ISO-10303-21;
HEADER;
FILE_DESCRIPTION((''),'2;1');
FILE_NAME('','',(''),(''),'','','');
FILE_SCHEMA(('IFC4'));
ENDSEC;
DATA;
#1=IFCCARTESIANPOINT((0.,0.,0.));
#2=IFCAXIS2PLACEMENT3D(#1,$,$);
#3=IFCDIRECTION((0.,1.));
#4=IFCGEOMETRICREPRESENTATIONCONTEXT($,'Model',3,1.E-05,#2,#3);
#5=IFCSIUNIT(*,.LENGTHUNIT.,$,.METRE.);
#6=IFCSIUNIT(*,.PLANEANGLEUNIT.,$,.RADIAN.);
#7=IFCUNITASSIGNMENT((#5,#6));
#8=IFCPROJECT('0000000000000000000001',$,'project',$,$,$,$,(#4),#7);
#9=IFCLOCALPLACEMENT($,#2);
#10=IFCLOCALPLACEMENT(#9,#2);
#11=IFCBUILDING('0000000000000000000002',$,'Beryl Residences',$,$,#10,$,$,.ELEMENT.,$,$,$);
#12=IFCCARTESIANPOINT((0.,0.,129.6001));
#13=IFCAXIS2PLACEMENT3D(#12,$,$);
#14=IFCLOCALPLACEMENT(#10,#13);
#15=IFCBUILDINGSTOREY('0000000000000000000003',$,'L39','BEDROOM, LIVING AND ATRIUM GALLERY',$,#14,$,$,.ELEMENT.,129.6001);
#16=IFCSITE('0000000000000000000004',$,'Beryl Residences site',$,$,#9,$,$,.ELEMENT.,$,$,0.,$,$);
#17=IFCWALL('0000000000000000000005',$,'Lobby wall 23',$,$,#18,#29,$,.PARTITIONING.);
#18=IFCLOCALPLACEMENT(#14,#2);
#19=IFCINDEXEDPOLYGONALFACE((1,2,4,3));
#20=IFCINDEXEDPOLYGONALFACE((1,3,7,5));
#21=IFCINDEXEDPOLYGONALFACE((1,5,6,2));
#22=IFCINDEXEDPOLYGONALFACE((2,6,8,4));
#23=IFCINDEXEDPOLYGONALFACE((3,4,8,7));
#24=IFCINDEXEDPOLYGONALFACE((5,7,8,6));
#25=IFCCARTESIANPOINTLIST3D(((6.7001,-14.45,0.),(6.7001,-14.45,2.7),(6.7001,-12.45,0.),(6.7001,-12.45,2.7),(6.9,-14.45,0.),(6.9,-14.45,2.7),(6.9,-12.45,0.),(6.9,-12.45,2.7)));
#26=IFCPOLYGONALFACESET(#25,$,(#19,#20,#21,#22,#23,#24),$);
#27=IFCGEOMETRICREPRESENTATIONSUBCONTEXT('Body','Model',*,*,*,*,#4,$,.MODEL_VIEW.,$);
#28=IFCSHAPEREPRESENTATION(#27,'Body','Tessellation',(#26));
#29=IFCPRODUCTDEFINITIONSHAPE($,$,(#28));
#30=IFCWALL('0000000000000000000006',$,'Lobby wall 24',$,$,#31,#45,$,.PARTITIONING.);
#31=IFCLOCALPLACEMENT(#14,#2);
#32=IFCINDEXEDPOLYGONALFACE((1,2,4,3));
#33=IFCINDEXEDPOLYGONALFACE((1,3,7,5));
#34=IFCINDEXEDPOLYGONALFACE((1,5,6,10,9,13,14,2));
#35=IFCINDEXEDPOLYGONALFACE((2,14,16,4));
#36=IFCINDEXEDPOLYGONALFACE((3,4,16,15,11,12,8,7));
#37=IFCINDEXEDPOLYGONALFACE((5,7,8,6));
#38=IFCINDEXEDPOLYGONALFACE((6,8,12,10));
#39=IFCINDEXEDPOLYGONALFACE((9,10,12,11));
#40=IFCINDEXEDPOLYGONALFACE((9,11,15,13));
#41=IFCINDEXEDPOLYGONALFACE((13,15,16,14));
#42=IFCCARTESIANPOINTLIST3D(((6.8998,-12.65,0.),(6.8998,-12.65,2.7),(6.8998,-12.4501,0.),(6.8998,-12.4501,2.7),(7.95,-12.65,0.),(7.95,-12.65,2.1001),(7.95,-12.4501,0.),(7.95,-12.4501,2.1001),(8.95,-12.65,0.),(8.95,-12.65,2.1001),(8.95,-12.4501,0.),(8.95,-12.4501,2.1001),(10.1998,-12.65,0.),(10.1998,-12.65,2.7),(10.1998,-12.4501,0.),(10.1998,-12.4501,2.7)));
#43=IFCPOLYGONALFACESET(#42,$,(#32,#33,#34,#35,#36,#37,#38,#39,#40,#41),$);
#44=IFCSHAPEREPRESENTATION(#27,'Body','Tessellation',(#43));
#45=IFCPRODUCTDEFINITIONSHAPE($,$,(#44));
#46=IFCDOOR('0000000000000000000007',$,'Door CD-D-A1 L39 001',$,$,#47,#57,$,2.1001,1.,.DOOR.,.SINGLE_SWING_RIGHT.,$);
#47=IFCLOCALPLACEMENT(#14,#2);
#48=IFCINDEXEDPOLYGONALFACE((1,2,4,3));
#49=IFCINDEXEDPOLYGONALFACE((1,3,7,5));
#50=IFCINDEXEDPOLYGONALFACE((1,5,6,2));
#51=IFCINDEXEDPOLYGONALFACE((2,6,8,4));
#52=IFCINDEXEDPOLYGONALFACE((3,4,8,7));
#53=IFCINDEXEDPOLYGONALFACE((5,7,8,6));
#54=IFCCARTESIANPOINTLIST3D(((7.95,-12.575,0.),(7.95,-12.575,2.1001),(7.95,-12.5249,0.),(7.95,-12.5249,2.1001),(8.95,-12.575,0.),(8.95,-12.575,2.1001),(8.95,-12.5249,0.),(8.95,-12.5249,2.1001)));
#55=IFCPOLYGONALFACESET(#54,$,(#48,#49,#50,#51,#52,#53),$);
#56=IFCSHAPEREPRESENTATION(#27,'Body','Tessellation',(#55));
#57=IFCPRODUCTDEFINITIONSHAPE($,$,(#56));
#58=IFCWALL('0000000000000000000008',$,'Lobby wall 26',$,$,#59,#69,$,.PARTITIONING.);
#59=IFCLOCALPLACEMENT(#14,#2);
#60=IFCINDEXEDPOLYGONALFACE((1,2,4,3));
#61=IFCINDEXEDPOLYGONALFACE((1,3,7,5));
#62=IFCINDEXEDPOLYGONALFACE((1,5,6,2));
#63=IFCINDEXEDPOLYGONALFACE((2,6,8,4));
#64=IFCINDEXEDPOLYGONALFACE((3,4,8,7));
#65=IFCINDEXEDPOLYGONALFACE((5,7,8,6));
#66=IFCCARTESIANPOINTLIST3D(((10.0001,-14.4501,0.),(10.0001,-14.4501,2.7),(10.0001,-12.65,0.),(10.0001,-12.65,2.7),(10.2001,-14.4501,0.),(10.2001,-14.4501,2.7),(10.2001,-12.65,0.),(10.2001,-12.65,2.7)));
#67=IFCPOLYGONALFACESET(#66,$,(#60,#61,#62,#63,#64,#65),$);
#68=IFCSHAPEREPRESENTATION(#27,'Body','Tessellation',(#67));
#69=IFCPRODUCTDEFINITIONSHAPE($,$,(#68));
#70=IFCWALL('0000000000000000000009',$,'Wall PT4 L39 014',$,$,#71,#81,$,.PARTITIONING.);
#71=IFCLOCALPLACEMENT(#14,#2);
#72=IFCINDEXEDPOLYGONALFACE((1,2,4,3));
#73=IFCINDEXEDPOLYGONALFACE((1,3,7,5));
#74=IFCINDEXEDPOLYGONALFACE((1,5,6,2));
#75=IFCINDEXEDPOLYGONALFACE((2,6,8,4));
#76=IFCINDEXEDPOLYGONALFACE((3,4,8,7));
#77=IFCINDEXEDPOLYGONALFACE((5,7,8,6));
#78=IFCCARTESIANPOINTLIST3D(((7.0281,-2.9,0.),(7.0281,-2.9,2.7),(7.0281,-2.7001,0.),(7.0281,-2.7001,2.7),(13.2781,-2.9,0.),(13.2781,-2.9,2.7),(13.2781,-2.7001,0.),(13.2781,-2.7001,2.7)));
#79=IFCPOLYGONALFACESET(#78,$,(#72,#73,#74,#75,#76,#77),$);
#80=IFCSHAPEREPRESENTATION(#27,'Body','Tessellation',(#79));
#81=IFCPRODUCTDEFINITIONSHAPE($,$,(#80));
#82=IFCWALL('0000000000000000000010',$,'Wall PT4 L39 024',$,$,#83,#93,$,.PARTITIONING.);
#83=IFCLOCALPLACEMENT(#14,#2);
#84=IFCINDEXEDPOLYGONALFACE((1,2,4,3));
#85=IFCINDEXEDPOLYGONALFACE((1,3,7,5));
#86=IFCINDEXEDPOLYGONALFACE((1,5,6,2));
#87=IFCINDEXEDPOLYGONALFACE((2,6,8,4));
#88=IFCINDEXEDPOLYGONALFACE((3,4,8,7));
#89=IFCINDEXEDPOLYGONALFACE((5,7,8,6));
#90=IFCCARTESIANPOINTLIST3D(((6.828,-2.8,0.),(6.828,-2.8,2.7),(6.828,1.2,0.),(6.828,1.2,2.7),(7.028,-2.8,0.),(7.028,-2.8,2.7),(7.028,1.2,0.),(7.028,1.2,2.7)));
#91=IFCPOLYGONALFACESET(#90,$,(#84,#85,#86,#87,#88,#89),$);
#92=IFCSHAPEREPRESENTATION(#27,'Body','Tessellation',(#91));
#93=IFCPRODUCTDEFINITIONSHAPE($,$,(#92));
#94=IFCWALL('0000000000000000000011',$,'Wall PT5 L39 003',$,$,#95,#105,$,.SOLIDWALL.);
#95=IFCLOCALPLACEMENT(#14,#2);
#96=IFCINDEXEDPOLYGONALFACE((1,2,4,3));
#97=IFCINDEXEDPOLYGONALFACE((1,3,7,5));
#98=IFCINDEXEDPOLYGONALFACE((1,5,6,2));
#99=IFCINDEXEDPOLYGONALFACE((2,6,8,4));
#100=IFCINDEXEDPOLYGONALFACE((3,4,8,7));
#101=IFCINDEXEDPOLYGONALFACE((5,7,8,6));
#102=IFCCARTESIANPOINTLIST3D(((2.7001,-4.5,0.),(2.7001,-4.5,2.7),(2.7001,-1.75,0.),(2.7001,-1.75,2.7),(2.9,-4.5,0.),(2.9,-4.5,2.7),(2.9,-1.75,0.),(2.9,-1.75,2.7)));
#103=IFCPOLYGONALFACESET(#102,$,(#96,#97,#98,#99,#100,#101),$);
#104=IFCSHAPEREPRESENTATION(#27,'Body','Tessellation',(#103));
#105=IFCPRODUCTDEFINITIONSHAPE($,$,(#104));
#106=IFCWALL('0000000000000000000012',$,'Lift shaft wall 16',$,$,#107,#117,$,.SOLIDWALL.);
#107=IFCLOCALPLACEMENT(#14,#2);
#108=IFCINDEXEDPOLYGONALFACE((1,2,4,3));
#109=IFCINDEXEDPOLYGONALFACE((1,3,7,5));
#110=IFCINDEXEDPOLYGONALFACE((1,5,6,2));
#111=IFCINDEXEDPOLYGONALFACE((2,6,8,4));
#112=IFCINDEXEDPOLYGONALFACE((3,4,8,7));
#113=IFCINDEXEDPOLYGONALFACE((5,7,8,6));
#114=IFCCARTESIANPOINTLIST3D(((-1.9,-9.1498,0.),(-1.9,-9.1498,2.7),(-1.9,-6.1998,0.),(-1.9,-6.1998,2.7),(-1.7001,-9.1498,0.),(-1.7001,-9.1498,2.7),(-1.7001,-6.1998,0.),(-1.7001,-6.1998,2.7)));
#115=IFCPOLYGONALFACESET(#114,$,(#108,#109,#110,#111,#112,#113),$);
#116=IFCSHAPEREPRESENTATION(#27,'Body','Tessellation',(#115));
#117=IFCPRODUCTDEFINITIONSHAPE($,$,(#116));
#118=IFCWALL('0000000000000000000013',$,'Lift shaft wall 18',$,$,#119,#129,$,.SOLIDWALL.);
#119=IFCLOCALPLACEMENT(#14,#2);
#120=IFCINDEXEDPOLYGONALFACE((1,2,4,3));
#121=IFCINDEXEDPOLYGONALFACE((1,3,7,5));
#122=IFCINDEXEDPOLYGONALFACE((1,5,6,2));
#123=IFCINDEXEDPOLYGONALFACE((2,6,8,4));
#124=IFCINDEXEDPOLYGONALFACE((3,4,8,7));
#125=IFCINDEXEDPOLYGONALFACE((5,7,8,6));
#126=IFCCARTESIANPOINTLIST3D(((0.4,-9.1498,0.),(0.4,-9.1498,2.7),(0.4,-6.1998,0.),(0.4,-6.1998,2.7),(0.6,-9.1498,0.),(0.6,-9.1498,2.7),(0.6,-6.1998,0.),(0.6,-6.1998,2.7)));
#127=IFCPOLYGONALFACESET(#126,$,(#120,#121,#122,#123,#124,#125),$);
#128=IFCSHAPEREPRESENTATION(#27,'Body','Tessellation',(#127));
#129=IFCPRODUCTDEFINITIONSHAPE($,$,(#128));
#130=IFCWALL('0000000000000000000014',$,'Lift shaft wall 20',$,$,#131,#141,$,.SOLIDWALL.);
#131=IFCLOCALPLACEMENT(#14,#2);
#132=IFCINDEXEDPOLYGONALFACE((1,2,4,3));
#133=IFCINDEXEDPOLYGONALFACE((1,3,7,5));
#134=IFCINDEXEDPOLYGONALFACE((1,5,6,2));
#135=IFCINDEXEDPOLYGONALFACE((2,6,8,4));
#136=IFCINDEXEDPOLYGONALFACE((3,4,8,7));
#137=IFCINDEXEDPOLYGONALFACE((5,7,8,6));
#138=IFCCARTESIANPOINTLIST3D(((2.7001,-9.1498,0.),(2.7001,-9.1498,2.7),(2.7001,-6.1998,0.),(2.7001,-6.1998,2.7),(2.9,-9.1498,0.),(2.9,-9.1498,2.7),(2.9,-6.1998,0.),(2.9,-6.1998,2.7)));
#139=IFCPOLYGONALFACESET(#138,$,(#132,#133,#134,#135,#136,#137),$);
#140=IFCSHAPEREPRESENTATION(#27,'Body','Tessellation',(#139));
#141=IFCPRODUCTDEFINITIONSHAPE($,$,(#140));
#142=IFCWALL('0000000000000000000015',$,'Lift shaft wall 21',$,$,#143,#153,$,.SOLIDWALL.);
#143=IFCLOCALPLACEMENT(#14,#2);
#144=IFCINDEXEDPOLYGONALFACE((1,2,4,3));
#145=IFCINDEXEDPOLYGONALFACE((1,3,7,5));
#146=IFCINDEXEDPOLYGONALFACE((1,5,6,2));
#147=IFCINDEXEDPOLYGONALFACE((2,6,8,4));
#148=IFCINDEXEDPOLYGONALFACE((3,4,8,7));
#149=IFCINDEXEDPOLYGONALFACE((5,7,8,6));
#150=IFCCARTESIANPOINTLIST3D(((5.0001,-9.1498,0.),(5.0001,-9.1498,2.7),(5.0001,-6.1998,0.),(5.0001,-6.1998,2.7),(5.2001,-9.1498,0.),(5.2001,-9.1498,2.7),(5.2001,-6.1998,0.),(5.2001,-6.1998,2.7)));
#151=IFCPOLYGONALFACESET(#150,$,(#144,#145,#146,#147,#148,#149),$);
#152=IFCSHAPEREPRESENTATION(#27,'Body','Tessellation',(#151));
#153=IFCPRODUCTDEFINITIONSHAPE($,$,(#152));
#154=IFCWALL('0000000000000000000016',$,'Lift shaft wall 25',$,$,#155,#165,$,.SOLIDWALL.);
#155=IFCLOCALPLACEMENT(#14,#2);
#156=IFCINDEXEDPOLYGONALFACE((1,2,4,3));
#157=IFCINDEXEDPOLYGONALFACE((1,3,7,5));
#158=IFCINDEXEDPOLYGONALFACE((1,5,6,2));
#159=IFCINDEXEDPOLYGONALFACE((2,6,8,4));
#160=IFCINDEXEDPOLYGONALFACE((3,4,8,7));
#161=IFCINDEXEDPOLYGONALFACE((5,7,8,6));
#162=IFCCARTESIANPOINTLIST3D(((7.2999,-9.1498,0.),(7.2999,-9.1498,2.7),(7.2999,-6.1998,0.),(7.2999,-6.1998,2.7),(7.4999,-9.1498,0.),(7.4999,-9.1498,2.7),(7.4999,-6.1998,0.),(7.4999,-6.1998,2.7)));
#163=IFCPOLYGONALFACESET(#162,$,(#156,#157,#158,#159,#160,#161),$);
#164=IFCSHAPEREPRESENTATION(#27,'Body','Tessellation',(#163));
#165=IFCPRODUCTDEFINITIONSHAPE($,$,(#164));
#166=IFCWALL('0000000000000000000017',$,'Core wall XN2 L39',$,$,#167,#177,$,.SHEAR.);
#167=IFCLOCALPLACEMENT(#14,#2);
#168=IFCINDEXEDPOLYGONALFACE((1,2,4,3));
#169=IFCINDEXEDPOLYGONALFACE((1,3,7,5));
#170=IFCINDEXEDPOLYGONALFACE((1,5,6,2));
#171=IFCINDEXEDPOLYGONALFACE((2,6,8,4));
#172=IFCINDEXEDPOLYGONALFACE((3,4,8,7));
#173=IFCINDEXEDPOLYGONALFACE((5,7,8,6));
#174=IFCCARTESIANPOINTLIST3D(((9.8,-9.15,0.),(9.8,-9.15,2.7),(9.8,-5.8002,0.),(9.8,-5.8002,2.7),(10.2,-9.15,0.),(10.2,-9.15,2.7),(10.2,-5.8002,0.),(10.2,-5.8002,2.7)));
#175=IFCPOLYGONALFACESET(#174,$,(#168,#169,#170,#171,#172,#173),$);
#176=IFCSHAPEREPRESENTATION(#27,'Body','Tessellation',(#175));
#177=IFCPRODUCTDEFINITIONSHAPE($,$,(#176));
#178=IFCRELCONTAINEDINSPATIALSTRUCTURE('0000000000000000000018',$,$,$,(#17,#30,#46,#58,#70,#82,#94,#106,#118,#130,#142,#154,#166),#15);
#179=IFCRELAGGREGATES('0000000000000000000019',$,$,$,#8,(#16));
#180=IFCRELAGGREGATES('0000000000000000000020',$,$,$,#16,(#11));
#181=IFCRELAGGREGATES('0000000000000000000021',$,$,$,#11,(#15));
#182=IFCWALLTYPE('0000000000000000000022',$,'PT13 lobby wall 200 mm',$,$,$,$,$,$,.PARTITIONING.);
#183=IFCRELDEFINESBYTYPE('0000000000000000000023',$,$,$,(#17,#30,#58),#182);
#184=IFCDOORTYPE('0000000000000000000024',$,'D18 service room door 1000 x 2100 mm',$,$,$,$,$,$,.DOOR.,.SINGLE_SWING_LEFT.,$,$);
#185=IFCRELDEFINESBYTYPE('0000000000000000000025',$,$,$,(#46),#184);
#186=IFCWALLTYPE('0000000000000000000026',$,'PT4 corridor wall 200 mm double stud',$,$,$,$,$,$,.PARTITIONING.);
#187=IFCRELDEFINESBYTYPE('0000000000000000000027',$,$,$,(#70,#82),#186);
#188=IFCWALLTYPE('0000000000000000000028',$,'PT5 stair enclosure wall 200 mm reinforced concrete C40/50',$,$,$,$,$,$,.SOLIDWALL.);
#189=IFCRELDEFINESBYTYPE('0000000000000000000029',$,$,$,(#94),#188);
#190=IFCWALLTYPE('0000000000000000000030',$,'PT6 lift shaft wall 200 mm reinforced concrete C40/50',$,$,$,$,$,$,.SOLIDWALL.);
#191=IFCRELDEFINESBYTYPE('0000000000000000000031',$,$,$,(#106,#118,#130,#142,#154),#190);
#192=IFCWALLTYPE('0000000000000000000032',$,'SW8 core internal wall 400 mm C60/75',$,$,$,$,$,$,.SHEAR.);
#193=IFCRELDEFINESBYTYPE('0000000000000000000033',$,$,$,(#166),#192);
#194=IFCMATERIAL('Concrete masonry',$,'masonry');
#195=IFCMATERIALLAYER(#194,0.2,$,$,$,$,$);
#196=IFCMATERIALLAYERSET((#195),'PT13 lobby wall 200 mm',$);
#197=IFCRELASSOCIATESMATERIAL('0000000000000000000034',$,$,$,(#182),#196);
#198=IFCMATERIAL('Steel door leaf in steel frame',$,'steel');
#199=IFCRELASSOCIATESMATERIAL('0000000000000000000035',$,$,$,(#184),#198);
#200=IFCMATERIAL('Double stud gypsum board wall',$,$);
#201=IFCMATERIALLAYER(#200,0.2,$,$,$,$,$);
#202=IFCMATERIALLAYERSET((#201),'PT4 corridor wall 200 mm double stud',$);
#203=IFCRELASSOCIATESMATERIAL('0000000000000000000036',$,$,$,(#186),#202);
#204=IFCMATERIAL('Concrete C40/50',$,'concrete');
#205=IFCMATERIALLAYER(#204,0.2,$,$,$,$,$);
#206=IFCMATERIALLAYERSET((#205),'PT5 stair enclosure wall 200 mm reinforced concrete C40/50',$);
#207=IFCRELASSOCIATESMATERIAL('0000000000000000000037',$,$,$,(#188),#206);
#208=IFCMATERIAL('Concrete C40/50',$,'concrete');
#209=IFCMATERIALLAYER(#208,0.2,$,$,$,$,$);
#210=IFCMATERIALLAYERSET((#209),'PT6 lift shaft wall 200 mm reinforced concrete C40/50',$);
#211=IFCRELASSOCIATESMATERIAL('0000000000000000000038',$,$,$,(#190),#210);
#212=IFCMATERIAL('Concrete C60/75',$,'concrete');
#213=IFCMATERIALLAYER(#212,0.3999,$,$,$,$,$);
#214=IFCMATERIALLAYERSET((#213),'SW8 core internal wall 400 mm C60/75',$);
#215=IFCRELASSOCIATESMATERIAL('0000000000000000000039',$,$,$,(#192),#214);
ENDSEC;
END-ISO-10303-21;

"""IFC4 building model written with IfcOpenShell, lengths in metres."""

from ifc_helpers import new_model, si_unit, direction, frame, frame_2d, origin, place, context, subcontext, project, spatial, rectangle, extrude, material, layer, layer_set, type_object, element, fill, save


model = new_model("IFC4")

# Units and contexts
model_context = context("Model", 3, precision=1e-05, world=origin(), true_north=direction((0.0, 1.0)))
body_context = subcontext(model_context, "Body", "Model", "MODEL_VIEW")
ifc_project = project(units=[si_unit("LENGTHUNIT", "METRE"), si_unit("PLANEANGLEUNIT", "RADIAN")], contexts=[model_context])

# Site, building, storey
site_placement = place(None, origin())
site = spatial("IfcSite", under=ifc_project, at=site_placement, Name="Beryl Residences site", CompositionType="ELEMENT", RefElevation=0.0)
building_placement = place(site_placement, origin())
building = spatial("IfcBuilding", under=site, at=building_placement, Name="Beryl Residences", CompositionType="ELEMENT")
storey_placement = place(building_placement, frame((0.0, 0.0, 129.6001)))
storey = spatial("IfcBuildingStorey", under=building, at=storey_placement, Name="L39", Description="BEDROOM, LIVING AND ATRIUM GALLERY", CompositionType="ELEMENT", Elevation=129.6001)

# Wall
ifc_material_1 = material(Name="Concrete masonry", Category="masonry")
ifc_layer_1 = layer(ifc_material_1, 0.2)
ifc_layer_set_1 = layer_set([ifc_layer_1], Name="PT13 lobby wall 200 mm")
wall_type_1 = type_object("IfcWallType", Name="PT13 lobby wall 200 mm", PredefinedType="PARTITIONING", material=ifc_layer_set_1)
wall_1_placement = place(storey_placement, frame((6.8, -14.45, 0.0), z_axis=(0.0, 0.0, 1.0), x_axis=(0.0, 1.0, 0.0)))
element("IfcWall", 1, at=wall_1_placement, inside=storey, type_object=wall_type_1, Name="Lobby wall 23", PredefinedType="PARTITIONING", context=body_context, shape_type="SweptSolid", body=[
    extrude(rectangle(XDim=2.0, YDim=0.2, at=frame_2d((1.0, 0.0))), origin(), (0.0, 0.0, 1.0), 2.7),
])

# Wall, opening, door
wall_2_placement = place(storey_placement, frame((6.8999, -12.55, 0.0), z_axis=(0.0, 0.0, 1.0), x_axis=(1.0, 0.0, 0.0)))
wall_2 = element("IfcWall", 2, at=wall_2_placement, inside=storey, type_object=wall_type_1, Name="Lobby wall 24", PredefinedType="PARTITIONING", context=body_context, shape_type="SweptSolid", body=[
    extrude(rectangle(XDim=3.3, YDim=0.2, at=frame_2d((1.6499, 0.0))), origin(), (0.0, 0.0, 1.0), 2.7),
])
opening_placement = place(wall_2_placement, frame((2.05, 0.0, 0.0), z_axis=(0.0, 0.0, 1.0), x_axis=(-1.0, 0.0, 0.0)))
opening = element("IfcOpeningElement", 3, at=opening_placement, cuts=wall_2, PredefinedType="OPENING", context=body_context, shape_type="SweptSolid", body=[
    extrude(rectangle(XDim=1.0, YDim=2.1001, at=frame_2d((0.5, 1.05))), frame((0.0, 0.1099, 0.0), z_axis=(0.0, -1.0, 0.0), x_axis=(1.0, 0.0, 0.0)), (0.0, 0.0, 1.0), 0.22),
])
ifc_material_2 = material(Name="Steel door leaf in steel frame", Category="steel")
door_type = type_object("IfcDoorType", Name="D18 service room door 1000 x 2100 mm", OperationType="SINGLE_SWING_LEFT", PredefinedType="DOOR", material=ifc_material_2)
door_placement = place(opening_placement, origin())
door = element("IfcDoor", 4, at=door_placement, inside=storey, type_object=door_type, Name="Door CD-D-A1 L39 001", OperationType="SINGLE_SWING_RIGHT", OverallHeight=2.1001, OverallWidth=1.0, PredefinedType="DOOR", context=body_context, shape_type="SweptSolid", body=[
    extrude(rectangle(XDim=1.0, YDim=2.1001, at=frame_2d((0.5, 1.05))), frame((0.0, 0.0249, 0.0), z_axis=(0.0, -1.0, 0.0), x_axis=(1.0, 0.0, 0.0)), (0.0, 0.0, 1.0), 0.05),
])
fill(opening, door)

# Walls
wall_3_placement = place(storey_placement, frame((10.1001, -14.45, 0.0), z_axis=(0.0, 0.0, 1.0), x_axis=(0.0, 1.0, 0.0)))
element("IfcWall", 5, at=wall_3_placement, inside=storey, type_object=wall_type_1, Name="Lobby wall 26", PredefinedType="PARTITIONING", context=body_context, shape_type="SweptSolid", body=[
    extrude(rectangle(XDim=1.8, YDim=0.2, at=frame_2d((0.8999, 0.0))), origin(), (0.0, 0.0, 1.0), 2.7),
])
ifc_material_3 = material(Name="Double stud gypsum board wall")
ifc_layer_2 = layer(ifc_material_3, 0.2)
ifc_layer_set_2 = layer_set([ifc_layer_2], Name="PT4 corridor wall 200 mm double stud")
wall_type_2 = type_object("IfcWallType", Name="PT4 corridor wall 200 mm double stud", PredefinedType="PARTITIONING", material=ifc_layer_set_2)
wall_4_placement = place(storey_placement, frame((7.0281, -2.8, 0.0), z_axis=(0.0, 0.0, 1.0), x_axis=(1.0, 0.0, 0.0)))
element("IfcWall", 6, at=wall_4_placement, inside=storey, type_object=wall_type_2, Name="Wall PT4 L39 014", PredefinedType="PARTITIONING", context=body_context, shape_type="SweptSolid", body=[
    extrude(rectangle(XDim=6.25, YDim=0.2, at=frame_2d((3.125, 0.0))), origin(), (0.0, 0.0, 1.0), 2.7),
])
wall_5_placement = place(storey_placement, frame((6.928, -2.8, 0.0), z_axis=(0.0, 0.0, 1.0), x_axis=(0.0, 1.0, 0.0)))
element("IfcWall", 7, at=wall_5_placement, inside=storey, type_object=wall_type_2, Name="Wall PT4 L39 024", PredefinedType="PARTITIONING", context=body_context, shape_type="SweptSolid", body=[
    extrude(rectangle(XDim=4.0, YDim=0.2, at=frame_2d((2.0, 0.0))), origin(), (0.0, 0.0, 1.0), 2.7),
])
ifc_material_4 = material(Name="Concrete C40/50", Category="concrete")
ifc_layer_3 = layer(ifc_material_4, 0.2)
ifc_layer_set_3 = layer_set([ifc_layer_3], Name="PT5 stair enclosure wall 200 mm reinforced concrete C40/50")
wall_type_3 = type_object("IfcWallType", Name="PT5 stair enclosure wall 200 mm reinforced concrete C40/50", PredefinedType="SOLIDWALL", material=ifc_layer_set_3)
wall_6_placement = place(storey_placement, frame((2.8, -4.5, 0.0), z_axis=(0.0, 0.0, 1.0), x_axis=(0.0, 1.0, 0.0)))
element("IfcWall", 8, at=wall_6_placement, inside=storey, type_object=wall_type_3, Name="Wall PT5 L39 003", PredefinedType="SOLIDWALL", context=body_context, shape_type="SweptSolid", body=[
    extrude(rectangle(XDim=2.75, YDim=0.2, at=frame_2d((1.375, 0.0))), origin(), (0.0, 0.0, 1.0), 2.7),
])
ifc_material_5 = material(Name="Concrete C40/50", Category="concrete")
ifc_layer_4 = layer(ifc_material_5, 0.2)
ifc_layer_set_4 = layer_set([ifc_layer_4], Name="PT6 lift shaft wall 200 mm reinforced concrete C40/50")
wall_type_4 = type_object("IfcWallType", Name="PT6 lift shaft wall 200 mm reinforced concrete C40/50", PredefinedType="SOLIDWALL", material=ifc_layer_set_4)
for number, where, z_axis, x_axis, name in (
    (9, (-1.8, -9.1499, 0.0), (0.0, 0.0, 1.0), (0.0, 1.0, 0.0), "Lift shaft wall 16"),
    (10, (0.5, -9.1499, 0.0), (0.0, 0.0, 1.0), (0.0, 1.0, 0.0), "Lift shaft wall 18"),
    (11, (2.8, -9.1499, 0.0), (0.0, 0.0, 1.0), (0.0, 1.0, 0.0), "Lift shaft wall 20"),
    (12, (5.1001, -9.1499, 0.0), (0.0, 0.0, 1.0), (0.0, 1.0, 0.0), "Lift shaft wall 21"),
    (13, (7.3999, -9.1499, 0.0), (0.0, 0.0, 1.0), (0.0, 1.0, 0.0), "Lift shaft wall 25"),
):
    element("IfcWall", number, at=place(storey_placement, frame(where, z_axis=z_axis, x_axis=x_axis)), inside=storey, type_object=wall_type_4, Name=name, PredefinedType="SOLIDWALL", context=body_context, shape_type="SweptSolid", body=[
        extrude(rectangle(XDim=2.95, YDim=0.2, at=frame_2d((1.4751, 0.0))), origin(), (0.0, 0.0, 1.0), 2.7),
    ])
ifc_material_6 = material(Name="Concrete C60/75", Category="concrete")
ifc_layer_5 = layer(ifc_material_6, 0.3999)
ifc_layer_set_5 = layer_set([ifc_layer_5], Name="SW8 core internal wall 400 mm C60/75")
wall_type_5 = type_object("IfcWallType", Name="SW8 core internal wall 400 mm C60/75", PredefinedType="SHEAR", material=ifc_layer_set_5)
wall_7_placement = place(storey_placement, frame((10.0, -9.1499, 0.0), z_axis=(0.0, 0.0, 1.0), x_axis=(0.0, 1.0, 0.0)))
element("IfcWall", 14, at=wall_7_placement, inside=storey, type_object=wall_type_5, Name="Core wall XN2 L39", PredefinedType="SHEAR", context=body_context, shape_type="SweptSolid", body=[
    extrude(rectangle(XDim=3.3499, YDim=0.3999, at=frame_2d((1.6748, 0.0))), origin(), (0.0, 0.0, 1.0), 2.7),
])

save(model, "model.ifc")
